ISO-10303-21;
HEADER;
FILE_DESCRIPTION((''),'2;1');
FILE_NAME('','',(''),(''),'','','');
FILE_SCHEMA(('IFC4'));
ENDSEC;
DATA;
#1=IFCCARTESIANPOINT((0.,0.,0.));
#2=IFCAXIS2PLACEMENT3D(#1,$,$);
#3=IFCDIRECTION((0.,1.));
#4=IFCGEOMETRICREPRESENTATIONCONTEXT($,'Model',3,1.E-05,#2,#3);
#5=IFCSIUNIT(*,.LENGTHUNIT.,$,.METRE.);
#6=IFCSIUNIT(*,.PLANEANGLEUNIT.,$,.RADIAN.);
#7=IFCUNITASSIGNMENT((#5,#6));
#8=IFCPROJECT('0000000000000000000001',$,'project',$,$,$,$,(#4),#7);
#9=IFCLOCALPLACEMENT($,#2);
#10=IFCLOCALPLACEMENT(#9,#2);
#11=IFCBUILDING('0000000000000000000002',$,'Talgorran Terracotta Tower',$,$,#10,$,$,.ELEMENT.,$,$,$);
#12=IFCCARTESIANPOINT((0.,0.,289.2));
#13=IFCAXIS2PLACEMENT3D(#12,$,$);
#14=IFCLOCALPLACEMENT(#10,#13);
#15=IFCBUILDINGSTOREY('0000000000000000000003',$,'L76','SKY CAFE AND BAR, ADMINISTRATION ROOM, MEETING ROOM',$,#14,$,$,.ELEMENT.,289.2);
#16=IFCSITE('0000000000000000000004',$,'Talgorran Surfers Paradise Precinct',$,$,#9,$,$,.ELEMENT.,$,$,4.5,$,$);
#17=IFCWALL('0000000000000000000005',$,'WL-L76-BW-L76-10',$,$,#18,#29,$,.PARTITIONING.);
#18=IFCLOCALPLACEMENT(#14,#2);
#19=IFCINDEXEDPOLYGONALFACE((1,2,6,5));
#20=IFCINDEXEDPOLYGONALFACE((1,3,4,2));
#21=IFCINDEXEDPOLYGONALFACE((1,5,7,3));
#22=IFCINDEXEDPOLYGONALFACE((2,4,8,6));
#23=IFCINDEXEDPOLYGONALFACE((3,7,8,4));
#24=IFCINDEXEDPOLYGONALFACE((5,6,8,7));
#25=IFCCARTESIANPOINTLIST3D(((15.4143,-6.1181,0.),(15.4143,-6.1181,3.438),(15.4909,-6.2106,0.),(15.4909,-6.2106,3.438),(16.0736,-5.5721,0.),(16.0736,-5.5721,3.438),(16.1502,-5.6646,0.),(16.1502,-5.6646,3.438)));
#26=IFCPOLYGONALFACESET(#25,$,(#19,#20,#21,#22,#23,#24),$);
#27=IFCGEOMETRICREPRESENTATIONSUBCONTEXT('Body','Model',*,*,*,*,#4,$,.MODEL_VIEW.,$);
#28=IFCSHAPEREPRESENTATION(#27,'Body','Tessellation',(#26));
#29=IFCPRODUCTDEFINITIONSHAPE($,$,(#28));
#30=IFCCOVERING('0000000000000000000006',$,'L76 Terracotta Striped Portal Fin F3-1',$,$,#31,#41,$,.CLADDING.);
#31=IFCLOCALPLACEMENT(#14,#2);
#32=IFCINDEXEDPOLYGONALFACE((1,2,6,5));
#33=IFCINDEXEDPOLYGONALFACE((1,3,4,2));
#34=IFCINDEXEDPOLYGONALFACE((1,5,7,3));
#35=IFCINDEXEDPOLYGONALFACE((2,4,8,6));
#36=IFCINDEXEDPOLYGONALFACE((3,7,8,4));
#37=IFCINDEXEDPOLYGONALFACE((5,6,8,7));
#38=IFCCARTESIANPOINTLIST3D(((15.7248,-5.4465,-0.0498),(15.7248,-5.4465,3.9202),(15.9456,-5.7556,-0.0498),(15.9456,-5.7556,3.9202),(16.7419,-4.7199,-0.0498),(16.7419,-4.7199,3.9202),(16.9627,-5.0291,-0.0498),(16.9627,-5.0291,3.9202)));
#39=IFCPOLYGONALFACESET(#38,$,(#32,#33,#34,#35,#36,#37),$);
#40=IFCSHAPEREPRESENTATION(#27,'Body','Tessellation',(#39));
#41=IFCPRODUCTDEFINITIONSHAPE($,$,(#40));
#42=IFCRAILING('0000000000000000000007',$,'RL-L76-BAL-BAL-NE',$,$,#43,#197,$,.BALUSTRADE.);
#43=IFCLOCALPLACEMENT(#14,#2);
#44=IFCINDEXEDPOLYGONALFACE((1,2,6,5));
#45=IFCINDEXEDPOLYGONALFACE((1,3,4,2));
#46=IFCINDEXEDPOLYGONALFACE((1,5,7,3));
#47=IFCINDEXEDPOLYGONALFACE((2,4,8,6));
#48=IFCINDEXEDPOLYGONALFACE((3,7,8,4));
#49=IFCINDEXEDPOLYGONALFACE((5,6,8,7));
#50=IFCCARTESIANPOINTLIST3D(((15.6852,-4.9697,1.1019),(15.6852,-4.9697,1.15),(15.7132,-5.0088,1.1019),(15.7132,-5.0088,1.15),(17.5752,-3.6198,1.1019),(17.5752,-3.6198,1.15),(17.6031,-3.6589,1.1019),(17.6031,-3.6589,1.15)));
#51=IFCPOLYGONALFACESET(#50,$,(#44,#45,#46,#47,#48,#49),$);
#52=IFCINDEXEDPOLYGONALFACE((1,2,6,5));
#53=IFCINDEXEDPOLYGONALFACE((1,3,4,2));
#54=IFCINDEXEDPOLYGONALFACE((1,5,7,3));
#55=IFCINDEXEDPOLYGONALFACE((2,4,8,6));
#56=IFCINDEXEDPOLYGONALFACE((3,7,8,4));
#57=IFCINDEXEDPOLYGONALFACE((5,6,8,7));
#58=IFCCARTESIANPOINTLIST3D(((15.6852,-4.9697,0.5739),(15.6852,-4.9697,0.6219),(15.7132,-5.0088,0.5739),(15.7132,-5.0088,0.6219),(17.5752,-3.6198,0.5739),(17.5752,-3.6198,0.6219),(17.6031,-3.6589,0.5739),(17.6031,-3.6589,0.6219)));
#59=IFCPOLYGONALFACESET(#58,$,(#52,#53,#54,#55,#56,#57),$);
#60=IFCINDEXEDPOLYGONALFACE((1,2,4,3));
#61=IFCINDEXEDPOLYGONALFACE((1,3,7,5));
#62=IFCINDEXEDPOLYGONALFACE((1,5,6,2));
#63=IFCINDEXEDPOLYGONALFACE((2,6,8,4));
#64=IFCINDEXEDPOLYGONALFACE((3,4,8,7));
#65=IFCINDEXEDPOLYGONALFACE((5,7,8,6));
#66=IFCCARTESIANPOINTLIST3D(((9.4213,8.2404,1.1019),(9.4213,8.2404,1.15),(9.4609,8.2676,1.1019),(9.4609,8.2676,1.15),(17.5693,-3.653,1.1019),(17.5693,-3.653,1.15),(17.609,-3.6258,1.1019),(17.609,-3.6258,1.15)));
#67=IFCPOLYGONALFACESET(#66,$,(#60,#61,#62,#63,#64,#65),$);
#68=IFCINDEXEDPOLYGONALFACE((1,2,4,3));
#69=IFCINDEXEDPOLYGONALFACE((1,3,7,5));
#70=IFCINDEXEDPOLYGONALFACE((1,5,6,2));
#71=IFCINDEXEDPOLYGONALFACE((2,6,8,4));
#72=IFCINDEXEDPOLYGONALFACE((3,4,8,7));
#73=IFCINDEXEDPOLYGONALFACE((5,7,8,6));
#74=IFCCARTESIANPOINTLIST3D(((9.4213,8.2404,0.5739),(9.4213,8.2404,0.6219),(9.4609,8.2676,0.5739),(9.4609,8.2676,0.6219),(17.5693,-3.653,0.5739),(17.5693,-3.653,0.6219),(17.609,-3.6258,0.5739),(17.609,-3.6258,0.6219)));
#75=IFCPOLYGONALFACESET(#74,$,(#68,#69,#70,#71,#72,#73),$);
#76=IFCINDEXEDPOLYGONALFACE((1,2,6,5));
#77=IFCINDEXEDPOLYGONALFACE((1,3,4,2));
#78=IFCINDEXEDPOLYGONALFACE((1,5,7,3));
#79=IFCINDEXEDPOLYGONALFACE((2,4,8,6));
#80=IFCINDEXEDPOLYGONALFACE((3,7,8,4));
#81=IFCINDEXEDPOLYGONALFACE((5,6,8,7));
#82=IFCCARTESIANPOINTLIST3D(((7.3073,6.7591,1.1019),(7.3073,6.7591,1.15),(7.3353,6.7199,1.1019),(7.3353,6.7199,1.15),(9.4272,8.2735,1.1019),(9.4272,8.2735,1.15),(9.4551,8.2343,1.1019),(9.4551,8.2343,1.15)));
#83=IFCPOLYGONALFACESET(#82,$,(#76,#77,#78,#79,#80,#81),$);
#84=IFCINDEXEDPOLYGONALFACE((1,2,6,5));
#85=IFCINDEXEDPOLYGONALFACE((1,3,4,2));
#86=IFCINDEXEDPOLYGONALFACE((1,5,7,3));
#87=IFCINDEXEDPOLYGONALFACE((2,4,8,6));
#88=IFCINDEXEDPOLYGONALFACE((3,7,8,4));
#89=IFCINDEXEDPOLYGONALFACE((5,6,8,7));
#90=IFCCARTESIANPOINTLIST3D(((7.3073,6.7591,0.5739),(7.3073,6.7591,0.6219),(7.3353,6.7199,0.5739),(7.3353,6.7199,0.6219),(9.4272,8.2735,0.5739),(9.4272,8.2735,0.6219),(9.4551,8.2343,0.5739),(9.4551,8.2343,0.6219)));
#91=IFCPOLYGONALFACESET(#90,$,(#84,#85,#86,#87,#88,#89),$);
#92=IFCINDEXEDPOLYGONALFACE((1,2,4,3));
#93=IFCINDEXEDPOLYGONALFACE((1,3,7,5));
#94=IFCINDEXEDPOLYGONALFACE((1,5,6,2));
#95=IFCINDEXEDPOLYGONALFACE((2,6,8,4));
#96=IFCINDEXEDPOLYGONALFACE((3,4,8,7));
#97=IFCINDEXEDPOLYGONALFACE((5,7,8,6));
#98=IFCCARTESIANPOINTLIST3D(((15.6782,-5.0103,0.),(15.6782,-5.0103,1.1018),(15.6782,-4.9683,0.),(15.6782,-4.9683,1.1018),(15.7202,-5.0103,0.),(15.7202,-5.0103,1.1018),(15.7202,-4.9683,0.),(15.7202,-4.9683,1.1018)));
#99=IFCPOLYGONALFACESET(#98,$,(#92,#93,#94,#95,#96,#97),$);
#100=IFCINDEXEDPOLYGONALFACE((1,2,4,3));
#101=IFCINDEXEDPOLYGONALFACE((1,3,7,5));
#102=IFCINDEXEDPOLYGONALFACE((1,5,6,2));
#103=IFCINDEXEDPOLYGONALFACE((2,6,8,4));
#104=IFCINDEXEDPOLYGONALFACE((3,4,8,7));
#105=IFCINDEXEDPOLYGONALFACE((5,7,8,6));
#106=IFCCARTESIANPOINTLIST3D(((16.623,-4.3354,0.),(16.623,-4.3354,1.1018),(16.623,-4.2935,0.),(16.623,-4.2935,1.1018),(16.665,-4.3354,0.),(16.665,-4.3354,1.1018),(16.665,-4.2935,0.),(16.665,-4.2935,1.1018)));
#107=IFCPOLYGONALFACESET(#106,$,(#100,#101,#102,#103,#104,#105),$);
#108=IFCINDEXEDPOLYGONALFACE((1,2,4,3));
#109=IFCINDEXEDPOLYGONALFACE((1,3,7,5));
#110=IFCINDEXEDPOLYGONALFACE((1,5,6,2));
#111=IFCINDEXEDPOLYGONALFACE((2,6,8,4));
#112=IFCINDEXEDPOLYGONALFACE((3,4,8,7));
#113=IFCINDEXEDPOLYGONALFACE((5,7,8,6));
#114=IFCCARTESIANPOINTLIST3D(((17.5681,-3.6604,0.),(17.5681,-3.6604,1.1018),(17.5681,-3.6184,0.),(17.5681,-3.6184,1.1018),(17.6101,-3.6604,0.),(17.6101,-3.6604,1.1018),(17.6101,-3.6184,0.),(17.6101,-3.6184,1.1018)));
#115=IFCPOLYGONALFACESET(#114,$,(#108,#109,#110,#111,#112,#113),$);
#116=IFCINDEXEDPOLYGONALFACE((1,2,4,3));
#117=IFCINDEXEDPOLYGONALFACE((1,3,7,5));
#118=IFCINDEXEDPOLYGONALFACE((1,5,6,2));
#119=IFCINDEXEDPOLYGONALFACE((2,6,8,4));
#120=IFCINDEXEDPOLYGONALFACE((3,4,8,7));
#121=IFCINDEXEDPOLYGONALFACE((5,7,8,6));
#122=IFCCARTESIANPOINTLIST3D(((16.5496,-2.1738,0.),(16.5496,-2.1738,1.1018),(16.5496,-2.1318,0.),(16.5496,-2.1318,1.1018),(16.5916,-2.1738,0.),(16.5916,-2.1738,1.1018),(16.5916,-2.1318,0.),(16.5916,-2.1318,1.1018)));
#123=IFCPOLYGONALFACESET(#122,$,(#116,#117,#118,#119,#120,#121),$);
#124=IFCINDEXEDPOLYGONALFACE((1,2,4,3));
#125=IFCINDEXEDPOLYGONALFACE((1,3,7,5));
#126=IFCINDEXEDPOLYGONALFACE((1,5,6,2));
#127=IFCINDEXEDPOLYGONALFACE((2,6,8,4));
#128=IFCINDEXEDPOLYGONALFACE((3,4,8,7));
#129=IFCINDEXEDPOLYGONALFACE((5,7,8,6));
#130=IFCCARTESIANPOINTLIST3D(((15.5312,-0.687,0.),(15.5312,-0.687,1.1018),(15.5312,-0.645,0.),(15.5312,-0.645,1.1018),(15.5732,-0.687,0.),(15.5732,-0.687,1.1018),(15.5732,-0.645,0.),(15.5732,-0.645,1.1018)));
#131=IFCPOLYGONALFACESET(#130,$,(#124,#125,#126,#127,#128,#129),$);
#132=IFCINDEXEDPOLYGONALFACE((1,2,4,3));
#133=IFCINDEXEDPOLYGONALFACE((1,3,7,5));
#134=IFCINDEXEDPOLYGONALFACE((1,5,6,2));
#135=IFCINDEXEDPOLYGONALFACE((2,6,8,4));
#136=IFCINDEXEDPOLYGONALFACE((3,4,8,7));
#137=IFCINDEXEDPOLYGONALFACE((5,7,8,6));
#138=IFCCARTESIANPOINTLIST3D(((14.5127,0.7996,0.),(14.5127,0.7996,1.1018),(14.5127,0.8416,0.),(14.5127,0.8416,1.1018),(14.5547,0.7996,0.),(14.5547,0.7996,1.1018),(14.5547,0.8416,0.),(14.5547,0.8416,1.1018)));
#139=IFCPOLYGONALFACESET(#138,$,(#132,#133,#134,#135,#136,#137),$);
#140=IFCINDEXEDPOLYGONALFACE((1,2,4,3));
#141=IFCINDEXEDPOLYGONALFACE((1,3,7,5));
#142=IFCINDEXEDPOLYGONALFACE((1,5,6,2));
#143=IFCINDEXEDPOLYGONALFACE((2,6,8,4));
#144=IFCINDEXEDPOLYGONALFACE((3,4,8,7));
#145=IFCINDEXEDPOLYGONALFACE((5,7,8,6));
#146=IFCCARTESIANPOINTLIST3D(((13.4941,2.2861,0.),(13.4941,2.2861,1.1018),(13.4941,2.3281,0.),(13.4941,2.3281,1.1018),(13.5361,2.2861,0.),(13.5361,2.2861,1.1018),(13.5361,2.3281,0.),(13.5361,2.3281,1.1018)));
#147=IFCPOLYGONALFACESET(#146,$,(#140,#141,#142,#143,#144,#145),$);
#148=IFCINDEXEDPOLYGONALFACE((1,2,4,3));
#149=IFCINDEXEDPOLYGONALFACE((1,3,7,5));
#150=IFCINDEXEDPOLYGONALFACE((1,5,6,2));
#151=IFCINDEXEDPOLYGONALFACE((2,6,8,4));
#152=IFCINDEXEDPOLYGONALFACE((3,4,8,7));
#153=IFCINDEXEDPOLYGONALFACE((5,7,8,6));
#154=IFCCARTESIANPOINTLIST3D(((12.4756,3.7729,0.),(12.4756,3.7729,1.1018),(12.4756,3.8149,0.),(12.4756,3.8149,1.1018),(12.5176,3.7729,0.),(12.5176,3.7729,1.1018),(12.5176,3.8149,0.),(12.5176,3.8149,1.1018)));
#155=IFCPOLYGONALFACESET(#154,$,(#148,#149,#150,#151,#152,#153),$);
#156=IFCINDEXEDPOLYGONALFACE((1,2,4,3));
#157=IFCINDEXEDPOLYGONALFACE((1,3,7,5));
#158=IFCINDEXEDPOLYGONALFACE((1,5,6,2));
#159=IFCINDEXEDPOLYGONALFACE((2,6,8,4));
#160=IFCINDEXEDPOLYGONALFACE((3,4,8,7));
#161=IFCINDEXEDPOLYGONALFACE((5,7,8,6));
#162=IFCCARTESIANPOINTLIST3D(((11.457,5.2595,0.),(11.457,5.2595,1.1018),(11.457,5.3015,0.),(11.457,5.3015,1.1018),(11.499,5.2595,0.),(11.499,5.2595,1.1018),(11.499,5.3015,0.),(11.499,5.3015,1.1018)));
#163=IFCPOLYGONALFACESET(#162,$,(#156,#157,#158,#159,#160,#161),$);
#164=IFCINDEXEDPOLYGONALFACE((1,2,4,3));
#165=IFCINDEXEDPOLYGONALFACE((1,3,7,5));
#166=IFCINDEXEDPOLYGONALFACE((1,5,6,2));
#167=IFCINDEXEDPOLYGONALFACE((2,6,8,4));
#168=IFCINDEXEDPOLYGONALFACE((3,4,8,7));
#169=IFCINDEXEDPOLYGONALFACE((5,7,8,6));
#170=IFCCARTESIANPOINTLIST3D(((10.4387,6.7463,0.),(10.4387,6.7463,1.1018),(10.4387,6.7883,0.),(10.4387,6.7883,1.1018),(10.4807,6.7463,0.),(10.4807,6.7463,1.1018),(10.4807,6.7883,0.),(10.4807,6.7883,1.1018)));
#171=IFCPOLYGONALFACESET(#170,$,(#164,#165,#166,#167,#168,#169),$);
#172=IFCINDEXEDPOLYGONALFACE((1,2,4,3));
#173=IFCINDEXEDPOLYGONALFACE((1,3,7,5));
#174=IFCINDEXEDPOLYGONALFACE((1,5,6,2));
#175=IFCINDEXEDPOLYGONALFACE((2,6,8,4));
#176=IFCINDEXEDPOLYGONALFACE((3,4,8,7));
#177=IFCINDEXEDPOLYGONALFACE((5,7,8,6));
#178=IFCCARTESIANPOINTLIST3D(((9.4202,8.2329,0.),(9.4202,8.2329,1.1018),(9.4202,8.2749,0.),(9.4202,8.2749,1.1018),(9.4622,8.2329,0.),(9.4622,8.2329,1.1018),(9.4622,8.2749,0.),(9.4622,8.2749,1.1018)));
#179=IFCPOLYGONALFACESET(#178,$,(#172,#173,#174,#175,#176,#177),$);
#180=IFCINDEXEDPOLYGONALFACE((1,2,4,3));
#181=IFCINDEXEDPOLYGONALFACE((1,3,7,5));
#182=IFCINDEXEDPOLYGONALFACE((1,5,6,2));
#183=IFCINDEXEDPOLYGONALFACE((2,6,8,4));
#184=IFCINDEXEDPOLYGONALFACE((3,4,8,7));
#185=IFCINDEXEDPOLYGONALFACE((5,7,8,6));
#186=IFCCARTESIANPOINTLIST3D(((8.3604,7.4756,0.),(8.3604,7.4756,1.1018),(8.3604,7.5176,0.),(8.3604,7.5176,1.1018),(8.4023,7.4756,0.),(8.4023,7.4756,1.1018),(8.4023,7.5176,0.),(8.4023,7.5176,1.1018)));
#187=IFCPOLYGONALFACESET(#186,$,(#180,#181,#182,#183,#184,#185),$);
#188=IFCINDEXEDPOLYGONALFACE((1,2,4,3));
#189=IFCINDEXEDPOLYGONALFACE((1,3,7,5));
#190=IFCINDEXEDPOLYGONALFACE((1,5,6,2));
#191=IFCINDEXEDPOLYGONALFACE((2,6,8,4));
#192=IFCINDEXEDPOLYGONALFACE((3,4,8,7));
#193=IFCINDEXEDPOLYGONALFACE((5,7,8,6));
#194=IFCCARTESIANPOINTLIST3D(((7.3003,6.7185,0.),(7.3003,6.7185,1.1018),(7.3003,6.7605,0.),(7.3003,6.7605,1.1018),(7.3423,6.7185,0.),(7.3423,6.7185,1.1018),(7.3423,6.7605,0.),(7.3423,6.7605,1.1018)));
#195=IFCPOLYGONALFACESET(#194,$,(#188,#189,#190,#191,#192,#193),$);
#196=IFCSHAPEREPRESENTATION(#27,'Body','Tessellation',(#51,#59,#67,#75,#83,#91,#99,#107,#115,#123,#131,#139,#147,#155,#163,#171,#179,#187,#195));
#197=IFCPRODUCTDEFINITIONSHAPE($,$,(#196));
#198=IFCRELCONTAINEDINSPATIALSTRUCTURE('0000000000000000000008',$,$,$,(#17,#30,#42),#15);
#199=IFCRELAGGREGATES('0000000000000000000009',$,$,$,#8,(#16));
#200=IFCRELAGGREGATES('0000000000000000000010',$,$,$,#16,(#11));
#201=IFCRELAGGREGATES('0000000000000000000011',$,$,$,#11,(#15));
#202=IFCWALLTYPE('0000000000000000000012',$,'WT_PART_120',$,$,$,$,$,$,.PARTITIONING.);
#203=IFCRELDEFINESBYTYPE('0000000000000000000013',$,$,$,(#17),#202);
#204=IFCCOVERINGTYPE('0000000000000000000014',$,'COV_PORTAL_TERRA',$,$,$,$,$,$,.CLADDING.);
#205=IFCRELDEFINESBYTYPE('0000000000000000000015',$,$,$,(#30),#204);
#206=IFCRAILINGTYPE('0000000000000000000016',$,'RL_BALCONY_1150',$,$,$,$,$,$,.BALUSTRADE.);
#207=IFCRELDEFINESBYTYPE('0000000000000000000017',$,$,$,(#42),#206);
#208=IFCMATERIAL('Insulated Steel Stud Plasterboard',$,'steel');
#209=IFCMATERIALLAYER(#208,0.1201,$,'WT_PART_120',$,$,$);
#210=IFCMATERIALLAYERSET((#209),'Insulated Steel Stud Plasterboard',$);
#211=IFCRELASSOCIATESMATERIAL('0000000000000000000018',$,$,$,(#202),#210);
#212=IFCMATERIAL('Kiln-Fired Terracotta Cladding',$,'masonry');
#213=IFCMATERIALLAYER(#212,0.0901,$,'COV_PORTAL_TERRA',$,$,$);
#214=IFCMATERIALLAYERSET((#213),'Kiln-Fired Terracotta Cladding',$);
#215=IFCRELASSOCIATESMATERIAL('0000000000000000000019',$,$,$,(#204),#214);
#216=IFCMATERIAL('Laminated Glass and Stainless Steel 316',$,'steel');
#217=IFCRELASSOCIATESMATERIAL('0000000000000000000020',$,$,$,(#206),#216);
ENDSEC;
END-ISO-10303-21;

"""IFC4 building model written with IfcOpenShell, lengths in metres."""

from ifc_helpers import new_model, si_unit, direction, frame, frame_2d, origin, origin_2d, place, context, subcontext, project, spatial, rectangle, extrude, material, layer, layer_set, type_object, element, save


model = new_model("IFC4")

# Units and contexts
model_context = context("Model", 3, precision=1e-05, world=origin(), true_north=direction((0.0, 1.0)))
body_context = subcontext(model_context, "Body", "Model", "MODEL_VIEW")
ifc_project = project(units=[si_unit("LENGTHUNIT", "METRE"), si_unit("PLANEANGLEUNIT", "RADIAN")], contexts=[model_context])

# Site, building, storey
site_placement = place(None, origin())
site = spatial("IfcSite", under=ifc_project, at=site_placement, Name="Talgorran Surfers Paradise Precinct", CompositionType="ELEMENT", RefElevation=4.5)
building_placement = place(site_placement, origin())
building = spatial("IfcBuilding", under=site, at=building_placement, Name="Talgorran Terracotta Tower", CompositionType="ELEMENT")
storey_placement = place(building_placement, frame((0.0, 0.0, 289.2)))
storey = spatial("IfcBuildingStorey", under=building, at=storey_placement, Name="L76", Description="SKY CAFE AND BAR, ADMINISTRATION ROOM, MEETING ROOM", CompositionType="ELEMENT", Elevation=289.2)

# Wall
ifc_material_1 = material(Name="Insulated Steel Stud Plasterboard", Category="steel")
ifc_layer_1 = layer(ifc_material_1, 0.1201, Name="WT_PART_120")
ifc_layer_set_1 = layer_set([ifc_layer_1], Name="Insulated Steel Stud Plasterboard")
wall_type_1 = type_object("IfcWallType", Name="WT_PART_120", PredefinedType="PARTITIONING", material=ifc_layer_set_1)
wall_1_placement = place(storey_placement, frame((15.4526, -6.1643, 0.0), z_axis=(0.0, 0.0, 1.0), x_axis=(0.770182, 0.637825, 0.0)))
element("IfcWall", 1, at=wall_1_placement, inside=storey, type_object=wall_type_1, Name="WL-L76-BW-L76-10", PredefinedType="PARTITIONING", context=body_context, shape_type="SweptSolid", body=[
    extrude(rectangle(XDim=0.856, YDim=0.1201, at=frame_2d((0.428, 0.0))), origin(), (0.0, 0.0, 1.0), 3.438),
])

# Covering
ifc_material_2 = material(Name="Kiln-Fired Terracotta Cladding", Category="masonry")
ifc_layer_2 = layer(ifc_material_2, 0.0901, Name="COV_PORTAL_TERRA")
ifc_layer_set_2 = layer_set([ifc_layer_2], Name="Kiln-Fired Terracotta Cladding")
covering_type = type_object("IfcCoveringType", Name="COV_PORTAL_TERRA", PredefinedType="CLADDING", material=ifc_layer_set_2)
covering_placement = place(storey_placement, frame((16.3438, -5.2378, -0.0498), z_axis=(0.0, 0.0, 1.0), x_axis=(-0.581257, 0.81372, 0.0)))
element("IfcCovering", 2, at=covering_placement, inside=storey, type_object=covering_type, Name="L76 Terracotta Striped Portal Fin F3-1", PredefinedType="CLADDING", context=body_context, shape_type="SweptSolid", body=[
    extrude(rectangle(XDim=0.3799, YDim=1.25, at=origin_2d()), origin(), (0.0, 0.0, 1.0), 3.97),
])

# Railing
ifc_material_3 = material(Name="Laminated Glass and Stainless Steel 316", Category="steel")
railing_type = type_object("IfcRailingType", Name="RL_BALCONY_1150", PredefinedType="BALUSTRADE", material=ifc_material_3)
railing_placement = place(storey_placement, frame((15.6992, -4.9893, 0.0)))
element("IfcRailing", 3, at=railing_placement, inside=storey, type_object=railing_type, Name="RL-L76-BAL-BAL-NE", PredefinedType="BALUSTRADE", context=body_context, shape_type="SweptSolid", body=[
    extrude(rectangle(XDim=0.0481, YDim=0.0481, at=origin_2d()), frame((0.0, 0.0, 1.126), z_axis=(0.813748, 0.581218, 0.0), x_axis=(-0.581218, 0.813748, 0.0)), (0.0, 0.0, 1.0), 2.3225),
    extrude(rectangle(XDim=0.0481, YDim=0.0481, at=origin_2d()), frame((0.0, 0.0, 0.5979), z_axis=(0.813748, 0.581218, 0.0), x_axis=(-0.581218, 0.813748, 0.0)), (0.0, 0.0, 1.0), 2.3225),
    extrude(rectangle(XDim=0.0481, YDim=0.0481, at=origin_2d()), frame((1.8899, 1.3499, 1.126), z_axis=(-0.565176, 0.82497, 0.0), x_axis=(-0.82497, -0.565176, 0.0)), (0.0, 0.0, 1.0), 14.4167),
    extrude(rectangle(XDim=0.0481, YDim=0.0481, at=origin_2d()), frame((1.8899, 1.3499, 0.5979), z_axis=(-0.565176, 0.82497, 0.0), x_axis=(-0.82497, -0.565176, 0.0)), (0.0, 0.0, 1.0), 14.4167),
    extrude(rectangle(XDim=0.0481, YDim=0.0481, at=origin_2d()), frame((-6.2581, 13.2432, 1.126), z_axis=(-0.813695, -0.581291, 0.0), x_axis=(0.581291, -0.813695, 0.0)), (0.0, 0.0, 1.0), 2.6052),
    extrude(rectangle(XDim=0.0481, YDim=0.0481, at=origin_2d()), frame((-6.2581, 13.2432, 0.5979), z_axis=(-0.813695, -0.581291, 0.0), x_axis=(0.581291, -0.813695, 0.0)), (0.0, 0.0, 1.0), 2.6052),
    extrude(rectangle(XDim=0.042, YDim=0.042, at=origin_2d()), origin(), (0.0, 0.0, 1.0), 1.1018),
    extrude(rectangle(XDim=0.042, YDim=0.042, at=origin_2d()), frame((0.9448, 0.6748, 0.0)), (0.0, 0.0, 1.0), 1.1018),
    extrude(rectangle(XDim=0.042, YDim=0.042, at=origin_2d()), frame((1.8899, 1.3499, 0.0)), (0.0, 0.0, 1.0), 1.1018),
    extrude(rectangle(XDim=0.042, YDim=0.042, at=origin_2d()), frame((0.8713, 2.8364, 0.0)), (0.0, 0.0, 1.0), 1.1018),
    extrude(rectangle(XDim=0.042, YDim=0.042, at=origin_2d()), frame((-0.147, 4.3232, 0.0)), (0.0, 0.0, 1.0), 1.1018),
    extrude(rectangle(XDim=0.042, YDim=0.042, at=origin_2d()), frame((-1.1655, 5.8098, 0.0)), (0.0, 0.0, 1.0), 1.1018),
    extrude(rectangle(XDim=0.042, YDim=0.042, at=origin_2d()), frame((-2.1841, 7.2964, 0.0)), (0.0, 0.0, 1.0), 1.1018),
    extrude(rectangle(XDim=0.042, YDim=0.042, at=origin_2d()), frame((-3.2026, 8.7832, 0.0)), (0.0, 0.0, 1.0), 1.1018),
    extrude(rectangle(XDim=0.042, YDim=0.042, at=origin_2d()), frame((-4.2212, 10.2698, 0.0)), (0.0, 0.0, 1.0), 1.1018),
    extrude(rectangle(XDim=0.042, YDim=0.042, at=origin_2d()), frame((-5.2395, 11.7566, 0.0)), (0.0, 0.0, 1.0), 1.1018),
    extrude(rectangle(XDim=0.042, YDim=0.042, at=origin_2d()), frame((-6.2581, 13.2432, 0.0)), (0.0, 0.0, 1.0), 1.1018),
    extrude(rectangle(XDim=0.042, YDim=0.042, at=origin_2d()), frame((-7.3179, 12.4858, 0.0)), (0.0, 0.0, 1.0), 1.1018),
    extrude(rectangle(XDim=0.042, YDim=0.042, at=origin_2d()), frame((-8.3779, 11.7288, 0.0)), (0.0, 0.0, 1.0), 1.1018),
])

save(model, "model.ifc")
